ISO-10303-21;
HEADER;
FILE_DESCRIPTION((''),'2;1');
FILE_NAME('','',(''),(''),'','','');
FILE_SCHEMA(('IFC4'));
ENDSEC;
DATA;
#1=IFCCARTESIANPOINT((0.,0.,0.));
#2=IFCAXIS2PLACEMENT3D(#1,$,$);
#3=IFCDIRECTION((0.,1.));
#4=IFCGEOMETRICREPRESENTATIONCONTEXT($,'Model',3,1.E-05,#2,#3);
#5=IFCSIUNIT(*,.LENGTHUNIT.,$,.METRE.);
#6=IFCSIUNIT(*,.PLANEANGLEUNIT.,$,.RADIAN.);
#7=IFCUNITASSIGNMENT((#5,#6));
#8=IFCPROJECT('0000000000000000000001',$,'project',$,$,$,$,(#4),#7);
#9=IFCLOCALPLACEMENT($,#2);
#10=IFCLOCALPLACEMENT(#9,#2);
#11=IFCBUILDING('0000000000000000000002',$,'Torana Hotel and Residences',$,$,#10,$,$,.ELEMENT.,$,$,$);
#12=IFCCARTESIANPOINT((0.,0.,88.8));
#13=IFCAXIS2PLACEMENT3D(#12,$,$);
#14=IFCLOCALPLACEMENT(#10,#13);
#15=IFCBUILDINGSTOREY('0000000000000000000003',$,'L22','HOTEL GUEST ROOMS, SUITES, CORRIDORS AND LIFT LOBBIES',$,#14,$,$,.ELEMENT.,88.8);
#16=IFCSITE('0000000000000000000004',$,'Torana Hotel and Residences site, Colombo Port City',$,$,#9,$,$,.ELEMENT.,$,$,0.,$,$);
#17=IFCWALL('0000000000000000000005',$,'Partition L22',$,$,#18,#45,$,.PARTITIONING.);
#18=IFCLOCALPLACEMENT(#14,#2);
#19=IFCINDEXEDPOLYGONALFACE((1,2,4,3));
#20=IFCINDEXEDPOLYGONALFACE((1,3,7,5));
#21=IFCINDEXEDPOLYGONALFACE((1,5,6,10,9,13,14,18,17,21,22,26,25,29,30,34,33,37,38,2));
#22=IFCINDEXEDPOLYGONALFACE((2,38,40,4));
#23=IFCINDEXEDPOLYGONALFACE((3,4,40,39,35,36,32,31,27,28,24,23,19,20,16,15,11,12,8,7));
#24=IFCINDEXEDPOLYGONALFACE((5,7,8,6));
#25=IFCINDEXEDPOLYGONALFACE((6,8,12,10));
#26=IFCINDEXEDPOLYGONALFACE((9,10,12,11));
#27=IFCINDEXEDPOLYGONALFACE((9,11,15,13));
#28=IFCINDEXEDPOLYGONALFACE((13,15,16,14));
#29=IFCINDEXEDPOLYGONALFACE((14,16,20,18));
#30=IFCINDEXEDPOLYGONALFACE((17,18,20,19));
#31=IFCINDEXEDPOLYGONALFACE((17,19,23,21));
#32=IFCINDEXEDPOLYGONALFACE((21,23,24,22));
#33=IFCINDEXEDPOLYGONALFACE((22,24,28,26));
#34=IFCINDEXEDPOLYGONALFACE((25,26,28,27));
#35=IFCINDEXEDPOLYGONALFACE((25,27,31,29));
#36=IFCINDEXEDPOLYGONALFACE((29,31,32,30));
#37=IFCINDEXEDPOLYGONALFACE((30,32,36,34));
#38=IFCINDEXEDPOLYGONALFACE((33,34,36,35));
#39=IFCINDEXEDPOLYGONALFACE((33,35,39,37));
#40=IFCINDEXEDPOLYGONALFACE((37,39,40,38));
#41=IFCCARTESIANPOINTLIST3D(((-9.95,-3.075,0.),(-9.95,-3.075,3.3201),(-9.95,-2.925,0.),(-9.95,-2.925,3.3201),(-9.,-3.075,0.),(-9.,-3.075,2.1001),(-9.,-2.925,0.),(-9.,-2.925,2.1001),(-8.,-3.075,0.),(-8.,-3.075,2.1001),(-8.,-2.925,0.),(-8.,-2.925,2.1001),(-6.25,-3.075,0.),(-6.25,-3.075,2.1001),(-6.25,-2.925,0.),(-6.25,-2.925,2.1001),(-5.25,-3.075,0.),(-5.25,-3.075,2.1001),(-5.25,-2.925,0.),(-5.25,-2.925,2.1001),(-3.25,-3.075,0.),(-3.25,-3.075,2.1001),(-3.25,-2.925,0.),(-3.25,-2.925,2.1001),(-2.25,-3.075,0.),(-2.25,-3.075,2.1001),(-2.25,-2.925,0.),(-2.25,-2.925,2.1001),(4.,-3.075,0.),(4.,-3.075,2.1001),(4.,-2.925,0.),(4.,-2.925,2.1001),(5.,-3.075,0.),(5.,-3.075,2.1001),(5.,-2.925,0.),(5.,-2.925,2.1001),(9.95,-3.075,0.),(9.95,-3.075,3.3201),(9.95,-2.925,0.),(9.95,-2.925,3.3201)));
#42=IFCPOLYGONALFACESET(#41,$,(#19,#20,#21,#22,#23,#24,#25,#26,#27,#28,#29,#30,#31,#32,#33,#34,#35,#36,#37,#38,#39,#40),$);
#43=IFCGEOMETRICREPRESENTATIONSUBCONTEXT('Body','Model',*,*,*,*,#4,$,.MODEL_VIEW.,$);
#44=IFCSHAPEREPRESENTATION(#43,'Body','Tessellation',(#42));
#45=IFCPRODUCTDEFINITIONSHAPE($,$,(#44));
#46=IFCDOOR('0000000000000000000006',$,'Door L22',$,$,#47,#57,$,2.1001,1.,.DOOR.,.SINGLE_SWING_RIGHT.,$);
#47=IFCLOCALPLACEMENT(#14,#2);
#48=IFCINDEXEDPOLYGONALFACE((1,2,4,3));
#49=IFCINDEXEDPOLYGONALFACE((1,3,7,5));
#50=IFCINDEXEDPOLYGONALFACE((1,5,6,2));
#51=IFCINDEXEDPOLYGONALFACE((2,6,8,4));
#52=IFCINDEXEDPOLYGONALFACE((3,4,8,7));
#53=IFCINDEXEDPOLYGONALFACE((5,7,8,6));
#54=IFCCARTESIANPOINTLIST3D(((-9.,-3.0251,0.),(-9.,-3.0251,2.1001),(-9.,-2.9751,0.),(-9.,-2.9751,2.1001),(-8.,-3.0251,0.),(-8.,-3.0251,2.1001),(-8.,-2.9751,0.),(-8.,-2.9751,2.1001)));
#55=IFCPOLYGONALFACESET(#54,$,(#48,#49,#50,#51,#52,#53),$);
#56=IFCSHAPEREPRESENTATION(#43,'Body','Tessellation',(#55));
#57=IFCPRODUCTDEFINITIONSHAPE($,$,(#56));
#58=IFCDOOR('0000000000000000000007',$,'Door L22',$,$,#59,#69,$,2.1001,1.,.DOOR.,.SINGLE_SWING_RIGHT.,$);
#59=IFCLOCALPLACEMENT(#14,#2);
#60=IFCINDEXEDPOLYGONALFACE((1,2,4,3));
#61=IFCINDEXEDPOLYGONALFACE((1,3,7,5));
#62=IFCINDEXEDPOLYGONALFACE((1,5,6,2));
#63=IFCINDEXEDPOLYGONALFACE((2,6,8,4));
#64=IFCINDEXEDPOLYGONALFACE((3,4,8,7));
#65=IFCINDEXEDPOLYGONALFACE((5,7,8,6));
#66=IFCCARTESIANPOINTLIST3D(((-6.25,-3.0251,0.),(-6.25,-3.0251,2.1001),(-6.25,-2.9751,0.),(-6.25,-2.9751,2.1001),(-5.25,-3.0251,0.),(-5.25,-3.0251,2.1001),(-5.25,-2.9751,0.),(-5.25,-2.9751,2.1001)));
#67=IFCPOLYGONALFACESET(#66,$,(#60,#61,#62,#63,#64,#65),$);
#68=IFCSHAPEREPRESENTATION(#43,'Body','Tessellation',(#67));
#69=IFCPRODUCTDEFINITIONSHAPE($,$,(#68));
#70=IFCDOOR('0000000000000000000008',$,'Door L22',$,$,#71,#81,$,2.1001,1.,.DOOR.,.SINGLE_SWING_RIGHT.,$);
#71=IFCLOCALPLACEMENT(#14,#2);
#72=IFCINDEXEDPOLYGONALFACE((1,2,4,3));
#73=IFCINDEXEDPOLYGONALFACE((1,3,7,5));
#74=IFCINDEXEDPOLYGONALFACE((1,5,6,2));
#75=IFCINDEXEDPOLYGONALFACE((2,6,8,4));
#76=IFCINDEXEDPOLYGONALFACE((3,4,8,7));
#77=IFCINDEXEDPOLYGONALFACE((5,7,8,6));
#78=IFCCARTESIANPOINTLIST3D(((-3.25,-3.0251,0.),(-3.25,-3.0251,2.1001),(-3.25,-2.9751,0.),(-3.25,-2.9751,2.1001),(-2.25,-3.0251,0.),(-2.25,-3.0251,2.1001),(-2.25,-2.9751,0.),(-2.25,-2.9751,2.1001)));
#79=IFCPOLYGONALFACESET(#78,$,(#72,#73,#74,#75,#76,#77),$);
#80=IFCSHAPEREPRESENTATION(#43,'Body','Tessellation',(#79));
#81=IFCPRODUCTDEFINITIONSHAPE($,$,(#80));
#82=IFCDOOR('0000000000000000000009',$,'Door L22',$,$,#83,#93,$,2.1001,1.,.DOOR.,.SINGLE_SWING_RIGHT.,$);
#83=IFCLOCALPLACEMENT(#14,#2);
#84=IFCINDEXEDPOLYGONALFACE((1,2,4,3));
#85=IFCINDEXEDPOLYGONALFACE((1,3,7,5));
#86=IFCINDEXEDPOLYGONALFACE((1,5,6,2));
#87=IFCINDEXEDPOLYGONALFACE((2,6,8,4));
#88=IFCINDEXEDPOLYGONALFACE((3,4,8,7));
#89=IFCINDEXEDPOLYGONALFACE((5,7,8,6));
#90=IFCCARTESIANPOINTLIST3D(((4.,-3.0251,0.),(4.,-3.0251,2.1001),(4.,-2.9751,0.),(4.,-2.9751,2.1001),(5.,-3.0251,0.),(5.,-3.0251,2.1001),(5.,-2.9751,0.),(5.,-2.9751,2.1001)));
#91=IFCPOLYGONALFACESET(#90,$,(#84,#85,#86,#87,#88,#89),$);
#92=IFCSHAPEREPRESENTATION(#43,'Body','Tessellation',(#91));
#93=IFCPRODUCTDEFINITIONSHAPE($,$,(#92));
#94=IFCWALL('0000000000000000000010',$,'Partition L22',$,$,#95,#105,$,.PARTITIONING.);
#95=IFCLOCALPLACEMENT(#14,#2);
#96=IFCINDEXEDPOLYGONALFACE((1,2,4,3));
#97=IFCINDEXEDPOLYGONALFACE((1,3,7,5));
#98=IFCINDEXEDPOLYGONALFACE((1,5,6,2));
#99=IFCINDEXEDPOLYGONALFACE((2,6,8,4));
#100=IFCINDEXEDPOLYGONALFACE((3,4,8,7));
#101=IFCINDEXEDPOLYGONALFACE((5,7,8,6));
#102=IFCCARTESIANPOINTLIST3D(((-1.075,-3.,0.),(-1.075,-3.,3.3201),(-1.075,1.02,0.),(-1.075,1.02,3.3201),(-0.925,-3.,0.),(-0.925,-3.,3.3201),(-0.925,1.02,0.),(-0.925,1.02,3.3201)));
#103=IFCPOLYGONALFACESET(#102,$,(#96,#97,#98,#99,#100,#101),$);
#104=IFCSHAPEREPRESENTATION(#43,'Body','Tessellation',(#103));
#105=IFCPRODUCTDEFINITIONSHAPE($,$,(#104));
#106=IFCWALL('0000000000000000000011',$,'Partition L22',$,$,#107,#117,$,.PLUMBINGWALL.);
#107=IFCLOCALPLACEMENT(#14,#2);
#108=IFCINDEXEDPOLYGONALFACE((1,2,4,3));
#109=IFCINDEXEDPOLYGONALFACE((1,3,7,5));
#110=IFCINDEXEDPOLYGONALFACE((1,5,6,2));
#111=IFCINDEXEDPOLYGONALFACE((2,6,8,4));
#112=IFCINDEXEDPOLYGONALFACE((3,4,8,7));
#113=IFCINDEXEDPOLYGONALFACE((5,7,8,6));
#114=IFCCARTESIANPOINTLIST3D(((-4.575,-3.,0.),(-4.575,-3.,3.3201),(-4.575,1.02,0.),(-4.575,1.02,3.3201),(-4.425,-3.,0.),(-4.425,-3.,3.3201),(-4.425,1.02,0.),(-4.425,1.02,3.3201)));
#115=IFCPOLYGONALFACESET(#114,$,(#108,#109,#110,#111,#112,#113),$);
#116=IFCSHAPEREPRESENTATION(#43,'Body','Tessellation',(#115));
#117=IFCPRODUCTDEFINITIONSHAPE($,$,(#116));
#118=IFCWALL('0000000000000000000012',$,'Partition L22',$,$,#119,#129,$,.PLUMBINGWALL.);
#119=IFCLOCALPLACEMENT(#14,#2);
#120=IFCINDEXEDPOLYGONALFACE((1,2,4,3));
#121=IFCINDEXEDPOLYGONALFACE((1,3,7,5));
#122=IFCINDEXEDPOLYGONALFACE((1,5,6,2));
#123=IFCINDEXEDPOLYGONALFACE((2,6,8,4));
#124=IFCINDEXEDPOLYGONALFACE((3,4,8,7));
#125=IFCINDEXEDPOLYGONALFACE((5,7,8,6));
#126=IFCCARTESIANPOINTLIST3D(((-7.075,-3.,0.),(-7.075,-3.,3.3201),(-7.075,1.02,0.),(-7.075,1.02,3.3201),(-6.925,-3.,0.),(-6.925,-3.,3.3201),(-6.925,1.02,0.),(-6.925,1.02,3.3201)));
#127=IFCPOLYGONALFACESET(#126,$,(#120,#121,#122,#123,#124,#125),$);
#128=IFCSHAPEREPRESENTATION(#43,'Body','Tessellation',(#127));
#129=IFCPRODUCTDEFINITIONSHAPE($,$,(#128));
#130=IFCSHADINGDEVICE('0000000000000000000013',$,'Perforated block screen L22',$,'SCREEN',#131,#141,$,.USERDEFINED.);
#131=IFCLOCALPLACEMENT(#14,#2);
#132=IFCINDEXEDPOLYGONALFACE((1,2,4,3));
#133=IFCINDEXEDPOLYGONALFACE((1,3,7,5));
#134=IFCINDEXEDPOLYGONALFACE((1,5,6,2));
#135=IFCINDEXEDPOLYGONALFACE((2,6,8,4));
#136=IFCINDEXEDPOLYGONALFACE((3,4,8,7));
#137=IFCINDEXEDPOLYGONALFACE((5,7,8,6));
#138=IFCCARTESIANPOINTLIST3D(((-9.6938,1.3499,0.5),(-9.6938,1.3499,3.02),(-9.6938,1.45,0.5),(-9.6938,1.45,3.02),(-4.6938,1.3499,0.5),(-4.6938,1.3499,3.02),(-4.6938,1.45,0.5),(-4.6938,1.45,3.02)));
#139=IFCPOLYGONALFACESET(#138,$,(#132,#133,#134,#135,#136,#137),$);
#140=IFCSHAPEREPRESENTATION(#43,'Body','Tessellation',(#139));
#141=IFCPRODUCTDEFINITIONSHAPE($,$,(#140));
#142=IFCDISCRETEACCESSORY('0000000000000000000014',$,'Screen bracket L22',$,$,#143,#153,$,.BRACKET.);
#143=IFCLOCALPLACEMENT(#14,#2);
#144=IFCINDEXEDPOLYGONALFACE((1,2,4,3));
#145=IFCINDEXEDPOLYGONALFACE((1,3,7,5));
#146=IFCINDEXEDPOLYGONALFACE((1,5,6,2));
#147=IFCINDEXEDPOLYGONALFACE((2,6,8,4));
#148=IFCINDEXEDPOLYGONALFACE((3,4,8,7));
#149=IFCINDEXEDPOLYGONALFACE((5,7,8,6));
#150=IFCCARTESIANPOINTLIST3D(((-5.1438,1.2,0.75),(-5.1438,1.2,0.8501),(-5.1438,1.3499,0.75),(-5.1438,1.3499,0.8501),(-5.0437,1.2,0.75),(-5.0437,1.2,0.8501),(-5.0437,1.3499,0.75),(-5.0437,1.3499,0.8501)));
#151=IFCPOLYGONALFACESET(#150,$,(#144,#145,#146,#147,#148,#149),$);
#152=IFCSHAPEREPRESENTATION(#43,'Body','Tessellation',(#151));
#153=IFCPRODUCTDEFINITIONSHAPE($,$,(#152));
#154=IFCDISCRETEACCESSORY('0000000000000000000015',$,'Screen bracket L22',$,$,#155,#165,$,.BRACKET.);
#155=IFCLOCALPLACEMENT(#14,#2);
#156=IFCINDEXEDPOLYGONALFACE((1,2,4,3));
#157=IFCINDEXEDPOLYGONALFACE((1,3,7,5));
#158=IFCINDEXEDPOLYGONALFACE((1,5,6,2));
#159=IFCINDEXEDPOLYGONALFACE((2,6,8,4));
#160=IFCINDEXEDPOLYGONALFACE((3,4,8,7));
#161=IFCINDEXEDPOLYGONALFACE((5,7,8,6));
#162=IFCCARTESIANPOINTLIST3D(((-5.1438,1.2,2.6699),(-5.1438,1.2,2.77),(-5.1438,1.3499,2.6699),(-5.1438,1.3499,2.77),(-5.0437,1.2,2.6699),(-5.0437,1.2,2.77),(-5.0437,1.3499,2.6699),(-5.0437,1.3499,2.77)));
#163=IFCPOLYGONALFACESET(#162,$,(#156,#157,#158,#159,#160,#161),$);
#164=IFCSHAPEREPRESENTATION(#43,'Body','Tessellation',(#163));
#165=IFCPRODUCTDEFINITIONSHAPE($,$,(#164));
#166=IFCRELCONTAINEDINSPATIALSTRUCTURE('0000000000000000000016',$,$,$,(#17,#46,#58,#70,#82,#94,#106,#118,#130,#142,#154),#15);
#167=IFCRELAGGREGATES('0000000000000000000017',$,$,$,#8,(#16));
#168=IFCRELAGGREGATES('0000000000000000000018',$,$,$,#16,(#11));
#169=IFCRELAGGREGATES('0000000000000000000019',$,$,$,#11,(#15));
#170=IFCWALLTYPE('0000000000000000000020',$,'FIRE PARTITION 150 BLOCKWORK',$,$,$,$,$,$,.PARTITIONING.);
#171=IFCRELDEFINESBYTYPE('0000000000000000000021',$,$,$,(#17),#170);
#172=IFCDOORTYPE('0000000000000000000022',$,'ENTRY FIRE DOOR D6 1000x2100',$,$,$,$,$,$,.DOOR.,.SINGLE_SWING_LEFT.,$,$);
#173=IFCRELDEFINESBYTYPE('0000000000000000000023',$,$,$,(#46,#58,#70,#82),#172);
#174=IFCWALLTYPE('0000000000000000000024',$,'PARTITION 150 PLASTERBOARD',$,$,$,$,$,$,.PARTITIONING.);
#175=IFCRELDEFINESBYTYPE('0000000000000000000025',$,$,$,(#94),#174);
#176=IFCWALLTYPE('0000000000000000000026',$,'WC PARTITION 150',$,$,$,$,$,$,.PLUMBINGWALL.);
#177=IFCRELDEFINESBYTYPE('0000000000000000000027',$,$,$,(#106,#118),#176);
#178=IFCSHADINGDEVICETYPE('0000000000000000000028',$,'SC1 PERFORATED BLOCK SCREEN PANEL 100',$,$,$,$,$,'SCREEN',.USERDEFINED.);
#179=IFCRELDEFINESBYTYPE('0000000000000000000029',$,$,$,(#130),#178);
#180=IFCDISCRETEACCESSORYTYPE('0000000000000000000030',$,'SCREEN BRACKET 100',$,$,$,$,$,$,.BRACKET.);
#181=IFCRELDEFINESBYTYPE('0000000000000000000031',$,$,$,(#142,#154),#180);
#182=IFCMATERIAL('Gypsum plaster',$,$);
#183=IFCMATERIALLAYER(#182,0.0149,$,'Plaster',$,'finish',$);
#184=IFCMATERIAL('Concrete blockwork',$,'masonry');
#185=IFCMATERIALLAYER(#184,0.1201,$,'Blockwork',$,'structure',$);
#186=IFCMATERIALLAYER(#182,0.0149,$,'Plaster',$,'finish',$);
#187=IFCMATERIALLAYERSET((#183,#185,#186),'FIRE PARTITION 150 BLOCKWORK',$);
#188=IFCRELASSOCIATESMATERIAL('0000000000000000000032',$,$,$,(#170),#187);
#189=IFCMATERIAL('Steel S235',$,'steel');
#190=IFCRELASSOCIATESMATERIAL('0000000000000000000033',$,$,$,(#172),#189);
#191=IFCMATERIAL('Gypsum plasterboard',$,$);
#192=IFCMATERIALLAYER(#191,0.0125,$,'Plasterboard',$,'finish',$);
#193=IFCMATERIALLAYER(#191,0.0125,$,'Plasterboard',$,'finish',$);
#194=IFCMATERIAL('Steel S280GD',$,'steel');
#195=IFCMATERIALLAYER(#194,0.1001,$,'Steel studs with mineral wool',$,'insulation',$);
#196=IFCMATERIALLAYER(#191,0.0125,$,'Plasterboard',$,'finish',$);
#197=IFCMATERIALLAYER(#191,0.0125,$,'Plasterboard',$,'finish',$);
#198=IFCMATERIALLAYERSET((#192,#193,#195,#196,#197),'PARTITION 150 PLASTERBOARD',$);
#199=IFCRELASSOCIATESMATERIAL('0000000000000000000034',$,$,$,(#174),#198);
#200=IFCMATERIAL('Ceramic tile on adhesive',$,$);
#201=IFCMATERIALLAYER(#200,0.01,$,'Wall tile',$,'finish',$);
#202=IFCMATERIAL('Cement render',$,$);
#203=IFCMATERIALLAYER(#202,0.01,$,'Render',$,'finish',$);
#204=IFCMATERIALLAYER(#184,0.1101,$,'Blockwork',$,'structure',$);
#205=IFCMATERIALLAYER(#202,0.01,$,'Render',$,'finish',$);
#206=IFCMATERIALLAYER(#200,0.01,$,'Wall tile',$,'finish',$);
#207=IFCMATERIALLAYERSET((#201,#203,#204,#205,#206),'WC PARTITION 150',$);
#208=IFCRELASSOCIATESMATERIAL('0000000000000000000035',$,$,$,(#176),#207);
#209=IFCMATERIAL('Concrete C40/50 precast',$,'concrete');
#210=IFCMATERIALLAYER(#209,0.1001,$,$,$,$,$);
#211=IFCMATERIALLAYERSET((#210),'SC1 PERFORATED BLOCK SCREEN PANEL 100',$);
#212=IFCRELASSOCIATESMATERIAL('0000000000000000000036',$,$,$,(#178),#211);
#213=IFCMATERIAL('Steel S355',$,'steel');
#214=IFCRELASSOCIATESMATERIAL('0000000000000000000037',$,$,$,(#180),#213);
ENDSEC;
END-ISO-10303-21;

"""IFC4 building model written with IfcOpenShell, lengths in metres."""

from ifc_helpers import new_model, si_unit, direction, frame, frame_2d, origin, origin_2d, place, context, subcontext, project, spatial, rectangle, extrude, material, layer, layer_set, type_object, element, fill, save


model = new_model("IFC4")

# Units and contexts
model_context = context("Model", 3, precision=1e-05, world=origin(), true_north=direction((0.0, 1.0)))
body_context = subcontext(model_context, "Body", "Model", "MODEL_VIEW")
ifc_project = project(units=[si_unit("LENGTHUNIT", "METRE"), si_unit("PLANEANGLEUNIT", "RADIAN")], contexts=[model_context])

# Site, building, storey
site_placement = place(None, origin())
site = spatial("IfcSite", under=ifc_project, at=site_placement, Name="Torana Hotel and Residences site, Colombo Port City", CompositionType="ELEMENT", RefElevation=0.0)
building_placement = place(site_placement, origin())
building = spatial("IfcBuilding", under=site, at=building_placement, Name="Torana Hotel and Residences", CompositionType="ELEMENT")
storey_placement = place(building_placement, frame((0.0, 0.0, 88.8)))
storey = spatial("IfcBuildingStorey", under=building, at=storey_placement, Name="L22", Description="HOTEL GUEST ROOMS, SUITES, CORRIDORS AND LIFT LOBBIES", CompositionType="ELEMENT", Elevation=88.8)

# Shared definitions
ifc_material_1 = material(Name="Gypsum plaster")
ifc_layer_1 = layer(ifc_material_1, 0.0149, Name="Plaster", Category="finish")
ifc_material_2 = material(Name="Concrete blockwork", Category="masonry")
ifc_layer_2 = layer(ifc_material_2, 0.1201, Name="Blockwork", Category="structure")
ifc_layer_3 = layer(ifc_material_1, 0.0149, Name="Plaster", Category="finish")
ifc_layer_set_1 = layer_set([ifc_layer_1, ifc_layer_2, ifc_layer_3], Name="FIRE PARTITION 150 BLOCKWORK")
wall_type_1 = type_object("IfcWallType", Name="FIRE PARTITION 150 BLOCKWORK", PredefinedType="PARTITIONING", material=ifc_layer_set_1)

# Wall, openings, doors
ifc_material_3 = material(Name="Steel S235", Category="steel")
door_type = type_object("IfcDoorType", Name="ENTRY FIRE DOOR D6 1000x2100", OperationType="SINGLE_SWING_LEFT", PredefinedType="DOOR", material=ifc_material_3)
wall_1_placement = place(storey_placement, frame((-9.95, -3.0, 0.0), z_axis=(0.0, 0.0, 1.0), x_axis=(1.0, 0.0, 0.0)))
wall_1 = element("IfcWall", 1, at=wall_1_placement, inside=storey, type_object=wall_type_1, Name="Partition L22", PredefinedType="PARTITIONING", context=body_context, shape_type="SweptSolid", body=[
    extrude(rectangle(XDim=19.8999, YDim=0.1499, at=frame_2d((9.95, 0.0))), origin(), (0.0, 0.0, 1.0), 3.3201),
])
opening_1_placement = place(wall_1_placement, frame((0.95, 0.0, 0.0)))
opening_1 = element("IfcOpeningElement", 2, at=opening_1_placement, cuts=wall_1, PredefinedType="OPENING", context=body_context, shape_type="SweptSolid", body=[
    extrude(rectangle(XDim=1.0, YDim=2.1001, at=frame_2d((0.5, 1.05))), frame((0.0, 0.085, 0.0), z_axis=(0.0, -1.0, 0.0), x_axis=(1.0, 0.0, 0.0)), (0.0, 0.0, 1.0), 0.1699),
])
opening_2_placement = place(wall_1_placement, frame((3.7, 0.0, 0.0)))
opening_2 = element("IfcOpeningElement", 3, at=opening_2_placement, cuts=wall_1, PredefinedType="OPENING", context=body_context, shape_type="SweptSolid", body=[
    extrude(rectangle(XDim=1.0, YDim=2.1001, at=frame_2d((0.5, 1.05))), frame((0.0, 0.085, 0.0), z_axis=(0.0, -1.0, 0.0), x_axis=(1.0, 0.0, 0.0)), (0.0, 0.0, 1.0), 0.1699),
])
opening_3_placement = place(wall_1_placement, frame((6.7, 0.0, 0.0)))
opening_3 = element("IfcOpeningElement", 4, at=opening_3_placement, cuts=wall_1, PredefinedType="OPENING", context=body_context, shape_type="SweptSolid", body=[
    extrude(rectangle(XDim=1.0, YDim=2.1001, at=frame_2d((0.5, 1.05))), frame((0.0, 0.085, 0.0), z_axis=(0.0, -1.0, 0.0), x_axis=(1.0, 0.0, 0.0)), (0.0, 0.0, 1.0), 0.1699),
])
opening_4_placement = place(wall_1_placement, frame((13.95, 0.0, 0.0)))
opening_4 = element("IfcOpeningElement", 5, at=opening_4_placement, cuts=wall_1, PredefinedType="OPENING", context=body_context, shape_type="SweptSolid", body=[
    extrude(rectangle(XDim=1.0, YDim=2.1001, at=frame_2d((0.5, 1.05))), frame((0.0, 0.085, 0.0), z_axis=(0.0, -1.0, 0.0), x_axis=(1.0, 0.0, 0.0)), (0.0, 0.0, 1.0), 0.1699),
])
door_1_placement = place(opening_1_placement, origin())
door_1 = element("IfcDoor", 6, at=door_1_placement, inside=storey, type_object=door_type, Name="Door L22", OperationType="SINGLE_SWING_RIGHT", OverallHeight=2.1001, OverallWidth=1.0, PredefinedType="DOOR", context=body_context, shape_type="SweptSolid", body=[
    extrude(rectangle(XDim=1.0, YDim=2.1001, at=frame_2d((0.5, 1.05))), frame((0.0, 0.0249, 0.0), z_axis=(0.0, -1.0, 0.0), x_axis=(1.0, 0.0, 0.0)), (0.0, 0.0, 1.0), 0.05),
])
fill(opening_1, door_1)
door_2_placement = place(opening_2_placement, origin())
door_2 = element("IfcDoor", 7, at=door_2_placement, inside=storey, type_object=door_type, Name="Door L22", OperationType="SINGLE_SWING_RIGHT", OverallHeight=2.1001, OverallWidth=1.0, PredefinedType="DOOR", context=body_context, shape_type="SweptSolid", body=[
    extrude(rectangle(XDim=1.0, YDim=2.1001, at=frame_2d((0.5, 1.05))), frame((0.0, 0.0249, 0.0), z_axis=(0.0, -1.0, 0.0), x_axis=(1.0, 0.0, 0.0)), (0.0, 0.0, 1.0), 0.05),
])
fill(opening_2, door_2)
door_3_placement = place(opening_3_placement, origin())
door_3 = element("IfcDoor", 8, at=door_3_placement, inside=storey, type_object=door_type, Name="Door L22", OperationType="SINGLE_SWING_RIGHT", OverallHeight=2.1001, OverallWidth=1.0, PredefinedType="DOOR", context=body_context, shape_type="SweptSolid", body=[
    extrude(rectangle(XDim=1.0, YDim=2.1001, at=frame_2d((0.5, 1.05))), frame((0.0, 0.0249, 0.0), z_axis=(0.0, -1.0, 0.0), x_axis=(1.0, 0.0, 0.0)), (0.0, 0.0, 1.0), 0.05),
])
fill(opening_3, door_3)
door_4_placement = place(opening_4_placement, origin())
door_4 = element("IfcDoor", 9, at=door_4_placement, inside=storey, type_object=door_type, Name="Door L22", OperationType="SINGLE_SWING_RIGHT", OverallHeight=2.1001, OverallWidth=1.0, PredefinedType="DOOR", context=body_context, shape_type="SweptSolid", body=[
    extrude(rectangle(XDim=1.0, YDim=2.1001, at=frame_2d((0.5, 1.05))), frame((0.0, 0.0249, 0.0), z_axis=(0.0, -1.0, 0.0), x_axis=(1.0, 0.0, 0.0)), (0.0, 0.0, 1.0), 0.05),
])
fill(opening_4, door_4)

# Walls
ifc_material_4 = material(Name="Gypsum plasterboard")
ifc_layer_4 = layer(ifc_material_4, 0.0125, Name="Plasterboard", Category="finish")
ifc_layer_5 = layer(ifc_material_4, 0.0125, Name="Plasterboard", Category="finish")
ifc_material_5 = material(Name="Steel S280GD", Category="steel")
ifc_layer_6 = layer(ifc_material_5, 0.1001, Name="Steel studs with mineral wool", Category="insulation")
ifc_layer_7 = layer(ifc_material_4, 0.0125, Name="Plasterboard", Category="finish")
ifc_layer_8 = layer(ifc_material_4, 0.0125, Name="Plasterboard", Category="finish")
ifc_layer_set_2 = layer_set([ifc_layer_4, ifc_layer_5, ifc_layer_6, ifc_layer_7, ifc_layer_8], Name="PARTITION 150 PLASTERBOARD")
wall_type_2 = type_object("IfcWallType", Name="PARTITION 150 PLASTERBOARD", PredefinedType="PARTITIONING", material=ifc_layer_set_2)
wall_2_placement = place(storey_placement, frame((-1.0, -3.0, 0.0), z_axis=(0.0, 0.0, 1.0), x_axis=(0.0, 1.0, 0.0)))
element("IfcWall", 10, at=wall_2_placement, inside=storey, type_object=wall_type_2, Name="Partition L22", PredefinedType="PARTITIONING", context=body_context, shape_type="SweptSolid", body=[
    extrude(rectangle(XDim=4.02, YDim=0.1499, at=frame_2d((2.01, 0.0))), origin(), (0.0, 0.0, 1.0), 3.3201),
])
ifc_material_6 = material(Name="Ceramic tile on adhesive")
ifc_layer_9 = layer(ifc_material_6, 0.01, Name="Wall tile", Category="finish")
ifc_material_7 = material(Name="Cement render")
ifc_layer_10 = layer(ifc_material_7, 0.01, Name="Render", Category="finish")
ifc_layer_11 = layer(ifc_material_2, 0.1101, Name="Blockwork", Category="structure")
ifc_layer_12 = layer(ifc_material_7, 0.01, Name="Render", Category="finish")
ifc_layer_13 = layer(ifc_material_6, 0.01, Name="Wall tile", Category="finish")
ifc_layer_set_3 = layer_set([ifc_layer_9, ifc_layer_10, ifc_layer_11, ifc_layer_12, ifc_layer_13], Name="WC PARTITION 150")
wall_type_3 = type_object("IfcWallType", Name="WC PARTITION 150", PredefinedType="PLUMBINGWALL", material=ifc_layer_set_3)
for number, where, z_axis, x_axis, name in (
    (11, (-4.5, -3.0, 0.0), (0.0, 0.0, 1.0), (0.0, 1.0, 0.0), "Partition L22"),
    (12, (-7.0, -3.0, 0.0), (0.0, 0.0, 1.0), (0.0, 1.0, 0.0), "Partition L22"),
):
    element("IfcWall", number, at=place(storey_placement, frame(where, z_axis=z_axis, x_axis=x_axis)), inside=storey, type_object=wall_type_3, Name=name, PredefinedType="PLUMBINGWALL", context=body_context, shape_type="SweptSolid", body=[
        extrude(rectangle(XDim=4.02, YDim=0.1499, at=frame_2d((2.01, 0.0))), origin(), (0.0, 0.0, 1.0), 3.3201),
    ])

# Shading device
ifc_material_8 = material(Name="Concrete C40/50 precast", Category="concrete")
ifc_layer_14 = layer(ifc_material_8, 0.1001)
ifc_layer_set_4 = layer_set([ifc_layer_14], Name="SC1 PERFORATED BLOCK SCREEN PANEL 100")
shading_device_type = type_object("IfcShadingDeviceType", Name="SC1 PERFORATED BLOCK SCREEN PANEL 100", ElementType="SCREEN", PredefinedType="USERDEFINED", material=ifc_layer_set_4)
shading_device_placement = place(storey_placement, frame((-7.1938, 1.3999, 0.5), z_axis=(0.0, 0.0, 1.0), x_axis=(-1.0, 0.0, 0.0)))
element("IfcShadingDevice", 13, at=shading_device_placement, inside=storey, type_object=shading_device_type, Name="Perforated block screen L22", ObjectType="SCREEN", PredefinedType="USERDEFINED", context=body_context, shape_type="SweptSolid", body=[
    extrude(rectangle(XDim=5.0, YDim=0.1001, at=origin_2d()), origin(), (0.0, 0.0, 1.0), 2.52),
])

# Discrete accessories
ifc_material_9 = material(Name="Steel S355", Category="steel")
discrete_accessory_type = type_object("IfcDiscreteAccessoryType", Name="SCREEN BRACKET 100", PredefinedType="BRACKET", material=ifc_material_9)
for number, where, z_axis, x_axis, name in (
    (14, (-5.0938, 1.2749, 0.75), (0.0, 0.0, 1.0), (-1.0, 0.0, 0.0), "Screen bracket L22"),
    (15, (-5.0938, 1.2749, 2.6699), (0.0, 0.0, 1.0), (-1.0, 0.0, 0.0), "Screen bracket L22"),
):
    element("IfcDiscreteAccessory", number, at=place(storey_placement, frame(where, z_axis=z_axis, x_axis=x_axis)), inside=storey, type_object=discrete_accessory_type, Name=name, PredefinedType="BRACKET", context=body_context, shape_type="SweptSolid", body=[
        extrude(rectangle(XDim=0.1001, YDim=0.1499, at=origin_2d()), origin(), (0.0, 0.0, 1.0), 0.1001),
    ])

save(model, "model.ifc")
